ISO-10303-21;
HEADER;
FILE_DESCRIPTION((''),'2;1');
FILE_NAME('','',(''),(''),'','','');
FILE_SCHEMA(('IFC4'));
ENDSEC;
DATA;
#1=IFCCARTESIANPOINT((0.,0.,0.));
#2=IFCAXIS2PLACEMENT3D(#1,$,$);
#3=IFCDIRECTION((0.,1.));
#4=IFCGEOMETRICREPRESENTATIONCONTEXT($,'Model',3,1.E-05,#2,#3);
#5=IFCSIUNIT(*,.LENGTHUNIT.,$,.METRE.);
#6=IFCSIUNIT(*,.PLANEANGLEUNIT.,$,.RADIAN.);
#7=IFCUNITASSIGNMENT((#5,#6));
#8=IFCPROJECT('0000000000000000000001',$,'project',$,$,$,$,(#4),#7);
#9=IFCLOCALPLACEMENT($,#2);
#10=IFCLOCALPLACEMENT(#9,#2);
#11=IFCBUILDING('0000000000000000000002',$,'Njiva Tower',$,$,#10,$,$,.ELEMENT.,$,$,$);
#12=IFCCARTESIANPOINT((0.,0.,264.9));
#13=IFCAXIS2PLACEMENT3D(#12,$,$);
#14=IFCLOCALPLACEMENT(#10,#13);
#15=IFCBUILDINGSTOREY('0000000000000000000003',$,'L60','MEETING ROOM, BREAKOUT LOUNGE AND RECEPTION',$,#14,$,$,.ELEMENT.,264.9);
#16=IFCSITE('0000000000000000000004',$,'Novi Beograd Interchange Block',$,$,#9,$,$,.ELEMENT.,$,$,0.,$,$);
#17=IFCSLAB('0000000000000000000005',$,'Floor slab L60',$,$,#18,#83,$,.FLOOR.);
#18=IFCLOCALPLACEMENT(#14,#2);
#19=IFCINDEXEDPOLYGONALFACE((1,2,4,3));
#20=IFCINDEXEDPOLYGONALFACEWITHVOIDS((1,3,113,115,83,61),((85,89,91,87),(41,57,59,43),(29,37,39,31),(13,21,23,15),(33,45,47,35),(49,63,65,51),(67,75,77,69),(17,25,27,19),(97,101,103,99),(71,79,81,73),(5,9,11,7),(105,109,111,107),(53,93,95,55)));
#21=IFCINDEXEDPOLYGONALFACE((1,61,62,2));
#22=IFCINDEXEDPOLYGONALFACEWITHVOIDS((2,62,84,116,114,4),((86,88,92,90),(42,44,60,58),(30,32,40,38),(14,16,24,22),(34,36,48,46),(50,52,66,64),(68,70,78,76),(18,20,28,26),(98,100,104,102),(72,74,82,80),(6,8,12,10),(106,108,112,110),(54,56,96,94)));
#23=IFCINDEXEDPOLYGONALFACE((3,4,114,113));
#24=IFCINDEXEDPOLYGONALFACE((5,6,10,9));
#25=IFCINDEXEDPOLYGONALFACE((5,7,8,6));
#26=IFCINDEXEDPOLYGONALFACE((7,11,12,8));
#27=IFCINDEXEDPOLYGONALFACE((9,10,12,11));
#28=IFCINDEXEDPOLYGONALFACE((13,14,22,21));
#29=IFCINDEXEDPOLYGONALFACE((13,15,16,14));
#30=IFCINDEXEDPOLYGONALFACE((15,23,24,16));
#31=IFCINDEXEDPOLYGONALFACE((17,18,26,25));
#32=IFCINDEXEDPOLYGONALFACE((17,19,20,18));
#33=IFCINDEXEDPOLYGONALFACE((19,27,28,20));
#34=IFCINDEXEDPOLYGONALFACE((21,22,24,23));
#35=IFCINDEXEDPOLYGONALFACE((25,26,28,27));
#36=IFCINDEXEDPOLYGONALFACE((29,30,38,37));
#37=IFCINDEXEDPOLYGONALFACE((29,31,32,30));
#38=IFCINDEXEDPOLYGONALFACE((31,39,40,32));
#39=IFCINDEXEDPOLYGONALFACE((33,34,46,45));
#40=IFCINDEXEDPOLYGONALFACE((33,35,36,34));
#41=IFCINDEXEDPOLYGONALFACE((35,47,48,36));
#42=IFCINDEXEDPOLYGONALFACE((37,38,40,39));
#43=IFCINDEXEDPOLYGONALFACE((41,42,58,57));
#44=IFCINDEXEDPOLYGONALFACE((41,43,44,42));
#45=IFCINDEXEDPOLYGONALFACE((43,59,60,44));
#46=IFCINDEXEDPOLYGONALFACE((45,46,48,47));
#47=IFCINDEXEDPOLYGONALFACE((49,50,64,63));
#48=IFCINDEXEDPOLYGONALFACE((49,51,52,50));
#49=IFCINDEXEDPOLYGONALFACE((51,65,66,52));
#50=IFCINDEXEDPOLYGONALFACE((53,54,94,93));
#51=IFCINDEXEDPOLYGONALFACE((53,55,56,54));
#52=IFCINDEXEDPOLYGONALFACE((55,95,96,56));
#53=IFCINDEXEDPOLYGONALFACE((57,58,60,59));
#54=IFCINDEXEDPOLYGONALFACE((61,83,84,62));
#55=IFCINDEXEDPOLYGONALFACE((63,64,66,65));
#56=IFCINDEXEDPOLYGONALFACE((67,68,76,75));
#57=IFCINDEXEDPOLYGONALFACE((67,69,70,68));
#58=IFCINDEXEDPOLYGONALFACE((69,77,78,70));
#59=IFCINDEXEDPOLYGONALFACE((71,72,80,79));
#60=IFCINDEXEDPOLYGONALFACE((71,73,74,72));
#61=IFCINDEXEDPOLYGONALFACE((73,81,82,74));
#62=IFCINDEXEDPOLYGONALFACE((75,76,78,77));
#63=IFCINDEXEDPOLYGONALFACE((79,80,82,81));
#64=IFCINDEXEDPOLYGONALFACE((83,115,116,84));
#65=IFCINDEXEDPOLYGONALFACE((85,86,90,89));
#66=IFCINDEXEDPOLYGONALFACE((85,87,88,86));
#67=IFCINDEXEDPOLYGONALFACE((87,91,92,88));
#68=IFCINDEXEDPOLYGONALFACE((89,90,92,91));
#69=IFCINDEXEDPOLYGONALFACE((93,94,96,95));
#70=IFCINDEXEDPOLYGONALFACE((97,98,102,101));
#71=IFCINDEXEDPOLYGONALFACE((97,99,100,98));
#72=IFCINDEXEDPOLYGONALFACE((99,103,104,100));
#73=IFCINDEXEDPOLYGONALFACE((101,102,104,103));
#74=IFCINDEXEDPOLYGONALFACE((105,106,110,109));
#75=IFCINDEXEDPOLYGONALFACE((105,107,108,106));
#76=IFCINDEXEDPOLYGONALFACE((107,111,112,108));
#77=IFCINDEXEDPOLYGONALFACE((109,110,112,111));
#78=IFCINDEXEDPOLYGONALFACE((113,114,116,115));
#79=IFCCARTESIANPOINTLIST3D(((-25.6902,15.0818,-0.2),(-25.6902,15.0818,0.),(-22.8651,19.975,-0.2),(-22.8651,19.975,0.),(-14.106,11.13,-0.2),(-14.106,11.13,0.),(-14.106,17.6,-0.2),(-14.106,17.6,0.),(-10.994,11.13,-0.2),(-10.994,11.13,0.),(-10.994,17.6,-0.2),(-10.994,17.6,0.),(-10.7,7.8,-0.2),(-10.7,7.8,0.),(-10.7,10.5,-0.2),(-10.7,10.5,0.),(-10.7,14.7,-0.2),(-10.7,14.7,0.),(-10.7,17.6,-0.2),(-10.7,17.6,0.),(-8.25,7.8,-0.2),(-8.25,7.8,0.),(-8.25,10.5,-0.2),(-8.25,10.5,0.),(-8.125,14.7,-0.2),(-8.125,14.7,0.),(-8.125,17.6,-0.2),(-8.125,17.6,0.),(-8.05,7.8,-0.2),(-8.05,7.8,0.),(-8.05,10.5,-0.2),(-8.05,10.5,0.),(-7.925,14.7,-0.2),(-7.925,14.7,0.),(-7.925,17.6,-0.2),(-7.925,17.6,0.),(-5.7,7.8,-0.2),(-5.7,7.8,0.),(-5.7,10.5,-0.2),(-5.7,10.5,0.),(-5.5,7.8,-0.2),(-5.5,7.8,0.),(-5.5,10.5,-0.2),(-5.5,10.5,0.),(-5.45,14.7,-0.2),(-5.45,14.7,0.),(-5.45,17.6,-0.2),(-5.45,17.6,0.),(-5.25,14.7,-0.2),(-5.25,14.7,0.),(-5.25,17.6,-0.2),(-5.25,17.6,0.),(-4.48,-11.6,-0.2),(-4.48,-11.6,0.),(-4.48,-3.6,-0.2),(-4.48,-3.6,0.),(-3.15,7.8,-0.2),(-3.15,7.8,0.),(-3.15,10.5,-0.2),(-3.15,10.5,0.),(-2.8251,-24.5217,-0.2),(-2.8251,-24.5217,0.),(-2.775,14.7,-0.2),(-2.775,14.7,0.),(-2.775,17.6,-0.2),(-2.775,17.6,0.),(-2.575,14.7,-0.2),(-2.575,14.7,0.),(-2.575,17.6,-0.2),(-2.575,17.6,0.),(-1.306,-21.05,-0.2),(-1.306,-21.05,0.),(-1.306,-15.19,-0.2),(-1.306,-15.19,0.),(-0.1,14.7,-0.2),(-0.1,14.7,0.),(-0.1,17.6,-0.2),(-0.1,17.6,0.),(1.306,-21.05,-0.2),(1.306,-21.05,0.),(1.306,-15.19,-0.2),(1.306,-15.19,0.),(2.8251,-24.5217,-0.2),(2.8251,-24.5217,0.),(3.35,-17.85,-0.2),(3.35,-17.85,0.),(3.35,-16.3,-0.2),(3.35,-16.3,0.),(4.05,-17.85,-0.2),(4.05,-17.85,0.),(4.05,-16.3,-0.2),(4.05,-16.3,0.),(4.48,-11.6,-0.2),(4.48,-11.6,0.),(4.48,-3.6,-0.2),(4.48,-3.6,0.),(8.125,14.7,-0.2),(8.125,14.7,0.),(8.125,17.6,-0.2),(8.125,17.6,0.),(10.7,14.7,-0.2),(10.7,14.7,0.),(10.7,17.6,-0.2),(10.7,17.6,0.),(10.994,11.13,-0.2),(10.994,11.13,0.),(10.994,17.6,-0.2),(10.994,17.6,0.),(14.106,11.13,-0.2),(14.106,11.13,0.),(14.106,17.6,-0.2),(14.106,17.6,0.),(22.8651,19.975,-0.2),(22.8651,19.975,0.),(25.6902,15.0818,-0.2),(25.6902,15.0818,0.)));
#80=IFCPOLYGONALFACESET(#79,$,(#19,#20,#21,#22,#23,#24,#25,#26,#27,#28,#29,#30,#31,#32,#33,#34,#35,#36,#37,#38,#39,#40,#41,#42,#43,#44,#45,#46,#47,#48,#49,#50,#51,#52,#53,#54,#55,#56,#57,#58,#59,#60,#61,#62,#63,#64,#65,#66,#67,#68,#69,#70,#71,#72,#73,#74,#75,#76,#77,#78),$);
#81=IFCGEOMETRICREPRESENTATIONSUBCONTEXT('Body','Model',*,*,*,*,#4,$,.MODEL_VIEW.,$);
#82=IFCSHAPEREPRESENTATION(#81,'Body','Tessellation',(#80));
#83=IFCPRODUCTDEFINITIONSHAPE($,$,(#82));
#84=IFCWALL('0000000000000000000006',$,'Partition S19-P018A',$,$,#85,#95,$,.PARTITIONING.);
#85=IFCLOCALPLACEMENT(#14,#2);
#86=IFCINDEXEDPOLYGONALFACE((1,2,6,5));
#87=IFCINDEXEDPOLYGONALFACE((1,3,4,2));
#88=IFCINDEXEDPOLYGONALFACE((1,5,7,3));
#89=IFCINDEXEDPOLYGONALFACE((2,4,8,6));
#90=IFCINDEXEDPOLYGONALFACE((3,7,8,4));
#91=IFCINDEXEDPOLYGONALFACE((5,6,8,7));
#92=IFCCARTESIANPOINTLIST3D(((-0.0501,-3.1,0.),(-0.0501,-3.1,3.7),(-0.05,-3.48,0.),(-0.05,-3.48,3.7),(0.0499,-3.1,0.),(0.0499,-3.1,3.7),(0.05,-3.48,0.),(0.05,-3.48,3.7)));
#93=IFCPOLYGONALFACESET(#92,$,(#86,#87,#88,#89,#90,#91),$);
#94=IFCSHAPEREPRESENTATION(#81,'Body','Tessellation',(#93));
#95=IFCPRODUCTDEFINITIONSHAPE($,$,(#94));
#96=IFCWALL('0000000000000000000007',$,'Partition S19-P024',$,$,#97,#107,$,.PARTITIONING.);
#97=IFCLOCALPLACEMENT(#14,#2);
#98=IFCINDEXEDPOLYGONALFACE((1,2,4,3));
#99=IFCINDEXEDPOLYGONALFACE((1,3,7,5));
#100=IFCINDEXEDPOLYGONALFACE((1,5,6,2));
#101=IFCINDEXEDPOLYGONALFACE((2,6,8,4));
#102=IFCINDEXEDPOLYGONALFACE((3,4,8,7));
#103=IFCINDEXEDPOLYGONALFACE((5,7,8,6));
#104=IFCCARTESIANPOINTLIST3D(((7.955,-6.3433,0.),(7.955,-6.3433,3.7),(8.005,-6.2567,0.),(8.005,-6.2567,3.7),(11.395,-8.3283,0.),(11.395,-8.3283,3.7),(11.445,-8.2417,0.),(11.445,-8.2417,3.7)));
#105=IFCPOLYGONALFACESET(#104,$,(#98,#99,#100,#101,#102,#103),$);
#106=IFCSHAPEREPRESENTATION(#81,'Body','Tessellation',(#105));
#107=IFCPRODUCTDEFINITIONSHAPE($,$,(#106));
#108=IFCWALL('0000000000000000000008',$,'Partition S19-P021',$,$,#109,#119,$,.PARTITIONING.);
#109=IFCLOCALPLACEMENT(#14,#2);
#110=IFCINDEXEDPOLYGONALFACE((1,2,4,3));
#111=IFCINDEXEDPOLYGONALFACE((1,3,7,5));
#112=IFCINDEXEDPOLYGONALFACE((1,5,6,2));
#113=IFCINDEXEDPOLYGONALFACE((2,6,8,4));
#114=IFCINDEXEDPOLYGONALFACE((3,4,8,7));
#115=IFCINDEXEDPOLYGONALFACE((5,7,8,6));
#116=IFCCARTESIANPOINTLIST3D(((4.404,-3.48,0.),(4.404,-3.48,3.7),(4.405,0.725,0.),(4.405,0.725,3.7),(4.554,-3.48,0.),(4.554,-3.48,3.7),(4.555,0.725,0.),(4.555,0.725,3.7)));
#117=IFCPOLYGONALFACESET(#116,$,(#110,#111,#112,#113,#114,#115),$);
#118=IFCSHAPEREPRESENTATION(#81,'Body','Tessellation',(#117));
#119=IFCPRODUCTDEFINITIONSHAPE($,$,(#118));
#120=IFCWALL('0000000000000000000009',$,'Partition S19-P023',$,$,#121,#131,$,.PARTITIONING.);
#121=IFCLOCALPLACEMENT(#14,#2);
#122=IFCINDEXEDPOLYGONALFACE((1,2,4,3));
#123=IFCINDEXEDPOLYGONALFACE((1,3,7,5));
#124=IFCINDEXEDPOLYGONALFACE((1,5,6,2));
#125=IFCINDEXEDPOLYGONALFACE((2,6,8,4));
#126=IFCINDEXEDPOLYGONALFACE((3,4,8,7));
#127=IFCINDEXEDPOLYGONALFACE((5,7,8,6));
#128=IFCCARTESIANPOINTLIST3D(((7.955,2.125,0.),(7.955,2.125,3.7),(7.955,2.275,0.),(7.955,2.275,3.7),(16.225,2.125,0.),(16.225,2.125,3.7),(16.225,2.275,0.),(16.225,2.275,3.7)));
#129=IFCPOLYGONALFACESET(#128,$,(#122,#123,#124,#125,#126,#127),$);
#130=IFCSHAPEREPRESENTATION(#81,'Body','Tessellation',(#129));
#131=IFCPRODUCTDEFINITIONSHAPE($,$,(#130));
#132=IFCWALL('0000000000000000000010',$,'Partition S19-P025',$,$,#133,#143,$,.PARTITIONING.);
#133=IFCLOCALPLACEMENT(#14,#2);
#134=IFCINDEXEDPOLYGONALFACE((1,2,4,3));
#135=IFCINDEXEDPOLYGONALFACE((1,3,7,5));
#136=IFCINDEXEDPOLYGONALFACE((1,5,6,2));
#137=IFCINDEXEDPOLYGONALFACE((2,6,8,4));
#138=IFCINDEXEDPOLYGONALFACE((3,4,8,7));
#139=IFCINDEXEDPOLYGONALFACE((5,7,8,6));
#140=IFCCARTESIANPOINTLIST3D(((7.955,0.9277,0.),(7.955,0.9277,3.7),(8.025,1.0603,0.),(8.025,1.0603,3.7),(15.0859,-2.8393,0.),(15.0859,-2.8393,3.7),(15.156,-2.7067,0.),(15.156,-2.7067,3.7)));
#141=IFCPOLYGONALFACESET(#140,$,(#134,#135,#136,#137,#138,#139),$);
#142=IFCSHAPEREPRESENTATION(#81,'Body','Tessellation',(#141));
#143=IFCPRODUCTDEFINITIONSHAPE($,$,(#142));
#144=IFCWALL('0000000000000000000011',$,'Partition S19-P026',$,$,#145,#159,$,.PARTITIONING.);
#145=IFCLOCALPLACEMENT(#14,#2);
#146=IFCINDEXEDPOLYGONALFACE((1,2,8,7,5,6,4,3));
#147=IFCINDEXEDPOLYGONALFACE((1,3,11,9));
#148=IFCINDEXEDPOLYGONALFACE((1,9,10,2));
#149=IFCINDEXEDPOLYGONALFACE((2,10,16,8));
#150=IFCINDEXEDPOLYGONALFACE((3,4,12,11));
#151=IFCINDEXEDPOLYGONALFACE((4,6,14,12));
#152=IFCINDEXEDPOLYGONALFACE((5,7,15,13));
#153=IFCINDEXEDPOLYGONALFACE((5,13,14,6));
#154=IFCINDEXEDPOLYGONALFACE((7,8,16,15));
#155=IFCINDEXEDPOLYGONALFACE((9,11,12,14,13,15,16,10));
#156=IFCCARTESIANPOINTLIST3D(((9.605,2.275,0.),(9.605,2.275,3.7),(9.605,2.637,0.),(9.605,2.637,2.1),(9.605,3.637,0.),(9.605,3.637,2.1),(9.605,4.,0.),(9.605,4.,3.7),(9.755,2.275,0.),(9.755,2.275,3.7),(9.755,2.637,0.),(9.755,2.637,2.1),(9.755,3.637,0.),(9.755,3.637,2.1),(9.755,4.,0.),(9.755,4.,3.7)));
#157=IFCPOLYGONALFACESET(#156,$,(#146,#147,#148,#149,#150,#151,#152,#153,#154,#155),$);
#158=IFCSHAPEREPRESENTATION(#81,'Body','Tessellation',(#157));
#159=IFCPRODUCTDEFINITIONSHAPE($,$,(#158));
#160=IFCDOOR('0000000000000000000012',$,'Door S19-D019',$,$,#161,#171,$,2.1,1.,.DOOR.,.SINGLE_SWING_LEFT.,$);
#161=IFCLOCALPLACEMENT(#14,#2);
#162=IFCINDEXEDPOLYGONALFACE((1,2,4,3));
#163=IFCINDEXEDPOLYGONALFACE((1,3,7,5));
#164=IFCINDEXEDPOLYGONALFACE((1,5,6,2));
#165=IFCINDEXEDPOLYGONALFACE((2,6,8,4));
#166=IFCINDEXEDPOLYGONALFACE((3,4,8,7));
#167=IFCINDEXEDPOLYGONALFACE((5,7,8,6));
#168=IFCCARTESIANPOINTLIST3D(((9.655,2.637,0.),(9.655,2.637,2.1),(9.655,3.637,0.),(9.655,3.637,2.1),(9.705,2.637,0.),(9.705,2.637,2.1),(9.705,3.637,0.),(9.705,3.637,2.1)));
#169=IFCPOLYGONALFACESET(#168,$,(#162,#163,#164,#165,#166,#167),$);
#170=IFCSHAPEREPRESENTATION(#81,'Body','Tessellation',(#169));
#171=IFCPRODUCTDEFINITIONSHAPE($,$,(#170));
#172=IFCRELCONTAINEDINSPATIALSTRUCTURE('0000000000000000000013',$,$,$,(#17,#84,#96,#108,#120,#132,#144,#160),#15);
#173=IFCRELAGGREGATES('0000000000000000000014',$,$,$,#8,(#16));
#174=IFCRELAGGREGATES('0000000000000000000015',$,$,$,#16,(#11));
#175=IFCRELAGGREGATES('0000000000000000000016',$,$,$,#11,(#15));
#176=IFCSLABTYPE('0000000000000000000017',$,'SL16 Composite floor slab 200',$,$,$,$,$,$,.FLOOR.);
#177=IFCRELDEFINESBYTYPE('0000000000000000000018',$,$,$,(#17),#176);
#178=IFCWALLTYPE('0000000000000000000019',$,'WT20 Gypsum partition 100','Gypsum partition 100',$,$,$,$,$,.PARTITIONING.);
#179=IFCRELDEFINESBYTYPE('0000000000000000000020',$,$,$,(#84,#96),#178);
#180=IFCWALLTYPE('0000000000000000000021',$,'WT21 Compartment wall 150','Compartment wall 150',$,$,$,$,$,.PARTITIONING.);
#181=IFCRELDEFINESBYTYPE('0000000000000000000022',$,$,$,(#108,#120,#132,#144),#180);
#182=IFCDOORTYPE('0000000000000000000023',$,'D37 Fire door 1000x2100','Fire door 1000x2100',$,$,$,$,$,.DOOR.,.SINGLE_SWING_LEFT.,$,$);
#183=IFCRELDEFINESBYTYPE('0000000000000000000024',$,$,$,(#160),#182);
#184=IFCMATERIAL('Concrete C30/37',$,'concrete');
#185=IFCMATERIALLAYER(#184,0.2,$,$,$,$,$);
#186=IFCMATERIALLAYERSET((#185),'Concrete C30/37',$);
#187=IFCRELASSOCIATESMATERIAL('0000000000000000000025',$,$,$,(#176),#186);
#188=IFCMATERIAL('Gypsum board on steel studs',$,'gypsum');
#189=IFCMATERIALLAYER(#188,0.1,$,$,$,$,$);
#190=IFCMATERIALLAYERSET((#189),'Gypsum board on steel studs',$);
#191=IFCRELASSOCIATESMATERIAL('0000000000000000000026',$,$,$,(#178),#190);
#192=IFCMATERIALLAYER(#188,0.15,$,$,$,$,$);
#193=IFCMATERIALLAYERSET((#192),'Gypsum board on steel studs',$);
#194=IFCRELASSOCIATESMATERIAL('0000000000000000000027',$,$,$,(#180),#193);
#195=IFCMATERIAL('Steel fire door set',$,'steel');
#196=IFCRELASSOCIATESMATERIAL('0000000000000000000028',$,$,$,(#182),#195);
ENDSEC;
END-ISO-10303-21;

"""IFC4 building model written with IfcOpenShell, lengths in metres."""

from ifc_helpers import new_model, si_unit, direction, frame, frame_2d, origin, place, context, subcontext, project, spatial, polyline, rectangle, outline, extrude, material, layer, layer_set, type_object, element, fill, save


model = new_model("IFC4")

# Units and contexts
model_context = context("Model", 3, precision=1e-05, world=origin(), true_north=direction((0.0, 1.0)))
body_context = subcontext(model_context, "Body", "Model", "MODEL_VIEW")
ifc_project = project(units=[si_unit("LENGTHUNIT", "METRE"), si_unit("PLANEANGLEUNIT", "RADIAN")], contexts=[model_context])

# Site, building, storey
site_placement = place(None, origin())
site = spatial("IfcSite", under=ifc_project, at=site_placement, Name="Novi Beograd Interchange Block", CompositionType="ELEMENT", RefElevation=0.0)
building_placement = place(site_placement, origin())
building = spatial("IfcBuilding", under=site, at=building_placement, Name="Njiva Tower", CompositionType="ELEMENT")
storey_placement = place(building_placement, frame((0.0, 0.0, 264.9)))
storey = spatial("IfcBuildingStorey", under=building, at=storey_placement, Name="L60", Description="MEETING ROOM, BREAKOUT LOUNGE AND RECEPTION", CompositionType="ELEMENT", Elevation=264.9)

# Slab
ifc_material_1 = material(Name="Concrete C30/37", Category="concrete")
ifc_layer_1 = layer(ifc_material_1, 0.2)
ifc_layer_set_1 = layer_set([ifc_layer_1], Name="Concrete C30/37")
slab_type_1 = type_object("IfcSlabType", Name="SL16 Composite floor slab 200", PredefinedType="FLOOR", material=ifc_layer_set_1)
slab_1_placement = place(storey_placement, frame((0.0, 0.0, -0.2)))
element("IfcSlab", 1, at=slab_1_placement, inside=storey, type_object=slab_type_1, Name="Floor slab L60", PredefinedType="FLOOR", context=body_context, shape_type="SweptSolid", body=[
    extrude(outline(polyline([(25.6902, 15.0818), (2.8251, -24.5217), (-2.8251, -24.5217), (-25.6902, 15.0818), (-22.8651, 19.975), (22.8651, 19.975), (25.6902, 15.0818)]), holes=[polyline([(10.994, 11.13), (14.106, 11.13), (14.106, 17.6), (10.994, 17.6), (10.994, 11.13)]), polyline([(8.125, 14.7), (10.7, 14.7), (10.7, 17.6), (8.125, 17.6), (8.125, 14.7)]), polyline([(4.48, -11.6), (4.48, -3.6), (-4.48, -3.6), (-4.48, -11.6), (4.48, -11.6)]), polyline([(3.35, -17.85), (4.05, -17.85), (4.05, -16.3), (3.35, -16.3), (3.35, -17.85)]), polyline([(-1.306, -21.05), (1.306, -21.05), (1.306, -15.19), (-1.306, -15.19), (-1.306, -21.05)]), polyline([(-2.575, 14.7), (-0.1, 14.7), (-0.1, 17.6), (-2.575, 17.6), (-2.575, 14.7)]), polyline([(-2.775, 14.7), (-2.775, 17.6), (-5.25, 17.6), (-5.25, 14.7), (-2.775, 14.7)]), polyline([(-5.5, 7.8), (-3.15, 7.8), (-3.15, 10.5), (-5.5, 10.5), (-5.5, 7.8)]), polyline([(-7.925, 14.7), (-5.45, 14.7), (-5.45, 17.6), (-7.925, 17.6), (-7.925, 14.7)]), polyline([(-8.05, 7.8), (-5.7, 7.8), (-5.7, 10.5), (-8.05, 10.5), (-8.05, 7.8)]), polyline([(-10.7, 14.7), (-8.125, 14.7), (-8.125, 17.6), (-10.7, 17.6), (-10.7, 14.7)]), polyline([(-8.25, 7.8), (-8.25, 10.5), (-10.7, 10.5), (-10.7, 7.8), (-8.25, 7.8)]), polyline([(-10.994, 11.13), (-10.994, 17.6), (-14.106, 17.6), (-14.106, 11.13), (-10.994, 11.13)])]), origin(), (0.0, 0.0, 1.0), 0.2),
])

# Walls
ifc_material_2 = material(Name="Gypsum board on steel studs", Category="gypsum")
ifc_layer_2 = layer(ifc_material_2, 0.1)
ifc_layer_set_2 = layer_set([ifc_layer_2], Name="Gypsum board on steel studs")
wall_type_1 = type_object("IfcWallType", Name="WT20 Gypsum partition 100", Description="Gypsum partition 100", PredefinedType="PARTITIONING", material=ifc_layer_set_2)
wall_1_placement = place(storey_placement, frame((-0.0001, -3.1, 0.0), z_axis=(0.0, 0.0, 1.0), x_axis=(0.000263, -1.0, 0.0)))
element("IfcWall", 2, at=wall_1_placement, inside=storey, type_object=wall_type_1, Name="Partition S19-P018A", PredefinedType="PARTITIONING", context=body_context, shape_type="SweptSolid", body=[
    extrude(rectangle(XDim=0.38, YDim=0.1, at=frame_2d((0.19, 0.0))), origin(), (0.0, 0.0, 1.0), 3.7),
])
wall_2_placement = place(storey_placement, frame((7.98, -6.3, 0.0), z_axis=(0.0, 0.0, 1.0), x_axis=(0.866144, -0.499795, 0.0)))
element("IfcWall", 3, at=wall_2_placement, inside=storey, type_object=wall_type_1, Name="Partition S19-P024", PredefinedType="PARTITIONING", context=body_context, shape_type="SweptSolid", body=[
    extrude(rectangle(XDim=3.9716, YDim=0.1, at=frame_2d((1.9858, 0.0))), origin(), (0.0, 0.0, 1.0), 3.7),
])
ifc_layer_3 = layer(ifc_material_2, 0.15)
ifc_layer_set_3 = layer_set([ifc_layer_3], Name="Gypsum board on steel studs")
wall_type_2 = type_object("IfcWallType", Name="WT21 Compartment wall 150", Description="Compartment wall 150", PredefinedType="PARTITIONING", material=ifc_layer_set_3)
wall_3_placement = place(storey_placement, frame((4.479, -3.48, 0.0), z_axis=(0.0, 0.0, 1.0), x_axis=(0.000238, 1.0, 0.0)))
element("IfcWall", 4, at=wall_3_placement, inside=storey, type_object=wall_type_2, Name="Partition S19-P021", PredefinedType="PARTITIONING", context=body_context, shape_type="SweptSolid", body=[
    extrude(rectangle(XDim=4.205, YDim=0.15, at=frame_2d((2.1025, 0.0))), origin(), (0.0, 0.0, 1.0), 3.7),
])
wall_4_placement = place(storey_placement, frame((7.955, 2.2, 0.0), z_axis=(0.0, 0.0, 1.0), x_axis=(1.0, 0.0, 0.0)))
element("IfcWall", 5, at=wall_4_placement, inside=storey, type_object=wall_type_2, Name="Partition S19-P023", PredefinedType="PARTITIONING", context=body_context, shape_type="SweptSolid", body=[
    extrude(rectangle(XDim=8.27, YDim=0.15, at=frame_2d((4.135, 0.0))), origin(), (0.0, 0.0, 1.0), 3.7),
])
wall_5_placement = place(storey_placement, frame((7.99, 0.994, 0.0), z_axis=(0.0, 0.0, 1.0), x_axis=(0.88421, -0.46709, 0.0)))
element("IfcWall", 6, at=wall_5_placement, inside=storey, type_object=wall_type_2, Name="Partition S19-P025", PredefinedType="PARTITIONING", context=body_context, shape_type="SweptSolid", body=[
    extrude(rectangle(XDim=8.0648, YDim=0.15, at=frame_2d((4.0324, 0.0))), origin(), (0.0, 0.0, 1.0), 3.7),
])

# Wall, opening, door
wall_6_placement = place(storey_placement, frame((9.68, 2.275, 0.0), z_axis=(0.0, 0.0, 1.0), x_axis=(0.0, 1.0, 0.0)))
wall_6 = element("IfcWall", 7, at=wall_6_placement, inside=storey, type_object=wall_type_2, Name="Partition S19-P026", PredefinedType="PARTITIONING", context=body_context, shape_type="SweptSolid", body=[
    extrude(rectangle(XDim=1.725, YDim=0.15, at=frame_2d((0.8625, 0.0))), origin(), (0.0, 0.0, 1.0), 3.7),
])
opening_1_placement = place(wall_6_placement, frame((0.362, 0.0, 0.0)))
opening_1 = element("IfcOpeningElement", 8, at=opening_1_placement, cuts=wall_6, PredefinedType="OPENING", context=body_context, shape_type="SweptSolid", body=[
    extrude(rectangle(XDim=1.0, YDim=2.1, at=frame_2d((0.5, 1.05))), frame((0.0, 0.085, 0.0), z_axis=(0.0, -1.0, 0.0), x_axis=(1.0, 0.0, 0.0)), (0.0, 0.0, 1.0), 0.17),
])
ifc_material_3 = material(Name="Steel fire door set", Category="steel")
door_type_1 = type_object("IfcDoorType", Name="D37 Fire door 1000x2100", Description="Fire door 1000x2100", OperationType="SINGLE_SWING_LEFT", PredefinedType="DOOR", material=ifc_material_3)
door_1_placement = place(opening_1_placement, origin())
door_1 = element("IfcDoor", 9, at=door_1_placement, inside=storey, type_object=door_type_1, Name="Door S19-D019", OperationType="SINGLE_SWING_LEFT", OverallHeight=2.1, OverallWidth=1.0, PredefinedType="DOOR", context=body_context, shape_type="SweptSolid", body=[
    extrude(rectangle(XDim=1.0, YDim=2.1, at=frame_2d((0.5, 1.05))), frame((0.0, 0.025, 0.0), z_axis=(0.0, -1.0, 0.0), x_axis=(1.0, 0.0, 0.0)), (0.0, 0.0, 1.0), 0.05),
])
fill(opening_1, door_1)

save(model, "model.ifc")
